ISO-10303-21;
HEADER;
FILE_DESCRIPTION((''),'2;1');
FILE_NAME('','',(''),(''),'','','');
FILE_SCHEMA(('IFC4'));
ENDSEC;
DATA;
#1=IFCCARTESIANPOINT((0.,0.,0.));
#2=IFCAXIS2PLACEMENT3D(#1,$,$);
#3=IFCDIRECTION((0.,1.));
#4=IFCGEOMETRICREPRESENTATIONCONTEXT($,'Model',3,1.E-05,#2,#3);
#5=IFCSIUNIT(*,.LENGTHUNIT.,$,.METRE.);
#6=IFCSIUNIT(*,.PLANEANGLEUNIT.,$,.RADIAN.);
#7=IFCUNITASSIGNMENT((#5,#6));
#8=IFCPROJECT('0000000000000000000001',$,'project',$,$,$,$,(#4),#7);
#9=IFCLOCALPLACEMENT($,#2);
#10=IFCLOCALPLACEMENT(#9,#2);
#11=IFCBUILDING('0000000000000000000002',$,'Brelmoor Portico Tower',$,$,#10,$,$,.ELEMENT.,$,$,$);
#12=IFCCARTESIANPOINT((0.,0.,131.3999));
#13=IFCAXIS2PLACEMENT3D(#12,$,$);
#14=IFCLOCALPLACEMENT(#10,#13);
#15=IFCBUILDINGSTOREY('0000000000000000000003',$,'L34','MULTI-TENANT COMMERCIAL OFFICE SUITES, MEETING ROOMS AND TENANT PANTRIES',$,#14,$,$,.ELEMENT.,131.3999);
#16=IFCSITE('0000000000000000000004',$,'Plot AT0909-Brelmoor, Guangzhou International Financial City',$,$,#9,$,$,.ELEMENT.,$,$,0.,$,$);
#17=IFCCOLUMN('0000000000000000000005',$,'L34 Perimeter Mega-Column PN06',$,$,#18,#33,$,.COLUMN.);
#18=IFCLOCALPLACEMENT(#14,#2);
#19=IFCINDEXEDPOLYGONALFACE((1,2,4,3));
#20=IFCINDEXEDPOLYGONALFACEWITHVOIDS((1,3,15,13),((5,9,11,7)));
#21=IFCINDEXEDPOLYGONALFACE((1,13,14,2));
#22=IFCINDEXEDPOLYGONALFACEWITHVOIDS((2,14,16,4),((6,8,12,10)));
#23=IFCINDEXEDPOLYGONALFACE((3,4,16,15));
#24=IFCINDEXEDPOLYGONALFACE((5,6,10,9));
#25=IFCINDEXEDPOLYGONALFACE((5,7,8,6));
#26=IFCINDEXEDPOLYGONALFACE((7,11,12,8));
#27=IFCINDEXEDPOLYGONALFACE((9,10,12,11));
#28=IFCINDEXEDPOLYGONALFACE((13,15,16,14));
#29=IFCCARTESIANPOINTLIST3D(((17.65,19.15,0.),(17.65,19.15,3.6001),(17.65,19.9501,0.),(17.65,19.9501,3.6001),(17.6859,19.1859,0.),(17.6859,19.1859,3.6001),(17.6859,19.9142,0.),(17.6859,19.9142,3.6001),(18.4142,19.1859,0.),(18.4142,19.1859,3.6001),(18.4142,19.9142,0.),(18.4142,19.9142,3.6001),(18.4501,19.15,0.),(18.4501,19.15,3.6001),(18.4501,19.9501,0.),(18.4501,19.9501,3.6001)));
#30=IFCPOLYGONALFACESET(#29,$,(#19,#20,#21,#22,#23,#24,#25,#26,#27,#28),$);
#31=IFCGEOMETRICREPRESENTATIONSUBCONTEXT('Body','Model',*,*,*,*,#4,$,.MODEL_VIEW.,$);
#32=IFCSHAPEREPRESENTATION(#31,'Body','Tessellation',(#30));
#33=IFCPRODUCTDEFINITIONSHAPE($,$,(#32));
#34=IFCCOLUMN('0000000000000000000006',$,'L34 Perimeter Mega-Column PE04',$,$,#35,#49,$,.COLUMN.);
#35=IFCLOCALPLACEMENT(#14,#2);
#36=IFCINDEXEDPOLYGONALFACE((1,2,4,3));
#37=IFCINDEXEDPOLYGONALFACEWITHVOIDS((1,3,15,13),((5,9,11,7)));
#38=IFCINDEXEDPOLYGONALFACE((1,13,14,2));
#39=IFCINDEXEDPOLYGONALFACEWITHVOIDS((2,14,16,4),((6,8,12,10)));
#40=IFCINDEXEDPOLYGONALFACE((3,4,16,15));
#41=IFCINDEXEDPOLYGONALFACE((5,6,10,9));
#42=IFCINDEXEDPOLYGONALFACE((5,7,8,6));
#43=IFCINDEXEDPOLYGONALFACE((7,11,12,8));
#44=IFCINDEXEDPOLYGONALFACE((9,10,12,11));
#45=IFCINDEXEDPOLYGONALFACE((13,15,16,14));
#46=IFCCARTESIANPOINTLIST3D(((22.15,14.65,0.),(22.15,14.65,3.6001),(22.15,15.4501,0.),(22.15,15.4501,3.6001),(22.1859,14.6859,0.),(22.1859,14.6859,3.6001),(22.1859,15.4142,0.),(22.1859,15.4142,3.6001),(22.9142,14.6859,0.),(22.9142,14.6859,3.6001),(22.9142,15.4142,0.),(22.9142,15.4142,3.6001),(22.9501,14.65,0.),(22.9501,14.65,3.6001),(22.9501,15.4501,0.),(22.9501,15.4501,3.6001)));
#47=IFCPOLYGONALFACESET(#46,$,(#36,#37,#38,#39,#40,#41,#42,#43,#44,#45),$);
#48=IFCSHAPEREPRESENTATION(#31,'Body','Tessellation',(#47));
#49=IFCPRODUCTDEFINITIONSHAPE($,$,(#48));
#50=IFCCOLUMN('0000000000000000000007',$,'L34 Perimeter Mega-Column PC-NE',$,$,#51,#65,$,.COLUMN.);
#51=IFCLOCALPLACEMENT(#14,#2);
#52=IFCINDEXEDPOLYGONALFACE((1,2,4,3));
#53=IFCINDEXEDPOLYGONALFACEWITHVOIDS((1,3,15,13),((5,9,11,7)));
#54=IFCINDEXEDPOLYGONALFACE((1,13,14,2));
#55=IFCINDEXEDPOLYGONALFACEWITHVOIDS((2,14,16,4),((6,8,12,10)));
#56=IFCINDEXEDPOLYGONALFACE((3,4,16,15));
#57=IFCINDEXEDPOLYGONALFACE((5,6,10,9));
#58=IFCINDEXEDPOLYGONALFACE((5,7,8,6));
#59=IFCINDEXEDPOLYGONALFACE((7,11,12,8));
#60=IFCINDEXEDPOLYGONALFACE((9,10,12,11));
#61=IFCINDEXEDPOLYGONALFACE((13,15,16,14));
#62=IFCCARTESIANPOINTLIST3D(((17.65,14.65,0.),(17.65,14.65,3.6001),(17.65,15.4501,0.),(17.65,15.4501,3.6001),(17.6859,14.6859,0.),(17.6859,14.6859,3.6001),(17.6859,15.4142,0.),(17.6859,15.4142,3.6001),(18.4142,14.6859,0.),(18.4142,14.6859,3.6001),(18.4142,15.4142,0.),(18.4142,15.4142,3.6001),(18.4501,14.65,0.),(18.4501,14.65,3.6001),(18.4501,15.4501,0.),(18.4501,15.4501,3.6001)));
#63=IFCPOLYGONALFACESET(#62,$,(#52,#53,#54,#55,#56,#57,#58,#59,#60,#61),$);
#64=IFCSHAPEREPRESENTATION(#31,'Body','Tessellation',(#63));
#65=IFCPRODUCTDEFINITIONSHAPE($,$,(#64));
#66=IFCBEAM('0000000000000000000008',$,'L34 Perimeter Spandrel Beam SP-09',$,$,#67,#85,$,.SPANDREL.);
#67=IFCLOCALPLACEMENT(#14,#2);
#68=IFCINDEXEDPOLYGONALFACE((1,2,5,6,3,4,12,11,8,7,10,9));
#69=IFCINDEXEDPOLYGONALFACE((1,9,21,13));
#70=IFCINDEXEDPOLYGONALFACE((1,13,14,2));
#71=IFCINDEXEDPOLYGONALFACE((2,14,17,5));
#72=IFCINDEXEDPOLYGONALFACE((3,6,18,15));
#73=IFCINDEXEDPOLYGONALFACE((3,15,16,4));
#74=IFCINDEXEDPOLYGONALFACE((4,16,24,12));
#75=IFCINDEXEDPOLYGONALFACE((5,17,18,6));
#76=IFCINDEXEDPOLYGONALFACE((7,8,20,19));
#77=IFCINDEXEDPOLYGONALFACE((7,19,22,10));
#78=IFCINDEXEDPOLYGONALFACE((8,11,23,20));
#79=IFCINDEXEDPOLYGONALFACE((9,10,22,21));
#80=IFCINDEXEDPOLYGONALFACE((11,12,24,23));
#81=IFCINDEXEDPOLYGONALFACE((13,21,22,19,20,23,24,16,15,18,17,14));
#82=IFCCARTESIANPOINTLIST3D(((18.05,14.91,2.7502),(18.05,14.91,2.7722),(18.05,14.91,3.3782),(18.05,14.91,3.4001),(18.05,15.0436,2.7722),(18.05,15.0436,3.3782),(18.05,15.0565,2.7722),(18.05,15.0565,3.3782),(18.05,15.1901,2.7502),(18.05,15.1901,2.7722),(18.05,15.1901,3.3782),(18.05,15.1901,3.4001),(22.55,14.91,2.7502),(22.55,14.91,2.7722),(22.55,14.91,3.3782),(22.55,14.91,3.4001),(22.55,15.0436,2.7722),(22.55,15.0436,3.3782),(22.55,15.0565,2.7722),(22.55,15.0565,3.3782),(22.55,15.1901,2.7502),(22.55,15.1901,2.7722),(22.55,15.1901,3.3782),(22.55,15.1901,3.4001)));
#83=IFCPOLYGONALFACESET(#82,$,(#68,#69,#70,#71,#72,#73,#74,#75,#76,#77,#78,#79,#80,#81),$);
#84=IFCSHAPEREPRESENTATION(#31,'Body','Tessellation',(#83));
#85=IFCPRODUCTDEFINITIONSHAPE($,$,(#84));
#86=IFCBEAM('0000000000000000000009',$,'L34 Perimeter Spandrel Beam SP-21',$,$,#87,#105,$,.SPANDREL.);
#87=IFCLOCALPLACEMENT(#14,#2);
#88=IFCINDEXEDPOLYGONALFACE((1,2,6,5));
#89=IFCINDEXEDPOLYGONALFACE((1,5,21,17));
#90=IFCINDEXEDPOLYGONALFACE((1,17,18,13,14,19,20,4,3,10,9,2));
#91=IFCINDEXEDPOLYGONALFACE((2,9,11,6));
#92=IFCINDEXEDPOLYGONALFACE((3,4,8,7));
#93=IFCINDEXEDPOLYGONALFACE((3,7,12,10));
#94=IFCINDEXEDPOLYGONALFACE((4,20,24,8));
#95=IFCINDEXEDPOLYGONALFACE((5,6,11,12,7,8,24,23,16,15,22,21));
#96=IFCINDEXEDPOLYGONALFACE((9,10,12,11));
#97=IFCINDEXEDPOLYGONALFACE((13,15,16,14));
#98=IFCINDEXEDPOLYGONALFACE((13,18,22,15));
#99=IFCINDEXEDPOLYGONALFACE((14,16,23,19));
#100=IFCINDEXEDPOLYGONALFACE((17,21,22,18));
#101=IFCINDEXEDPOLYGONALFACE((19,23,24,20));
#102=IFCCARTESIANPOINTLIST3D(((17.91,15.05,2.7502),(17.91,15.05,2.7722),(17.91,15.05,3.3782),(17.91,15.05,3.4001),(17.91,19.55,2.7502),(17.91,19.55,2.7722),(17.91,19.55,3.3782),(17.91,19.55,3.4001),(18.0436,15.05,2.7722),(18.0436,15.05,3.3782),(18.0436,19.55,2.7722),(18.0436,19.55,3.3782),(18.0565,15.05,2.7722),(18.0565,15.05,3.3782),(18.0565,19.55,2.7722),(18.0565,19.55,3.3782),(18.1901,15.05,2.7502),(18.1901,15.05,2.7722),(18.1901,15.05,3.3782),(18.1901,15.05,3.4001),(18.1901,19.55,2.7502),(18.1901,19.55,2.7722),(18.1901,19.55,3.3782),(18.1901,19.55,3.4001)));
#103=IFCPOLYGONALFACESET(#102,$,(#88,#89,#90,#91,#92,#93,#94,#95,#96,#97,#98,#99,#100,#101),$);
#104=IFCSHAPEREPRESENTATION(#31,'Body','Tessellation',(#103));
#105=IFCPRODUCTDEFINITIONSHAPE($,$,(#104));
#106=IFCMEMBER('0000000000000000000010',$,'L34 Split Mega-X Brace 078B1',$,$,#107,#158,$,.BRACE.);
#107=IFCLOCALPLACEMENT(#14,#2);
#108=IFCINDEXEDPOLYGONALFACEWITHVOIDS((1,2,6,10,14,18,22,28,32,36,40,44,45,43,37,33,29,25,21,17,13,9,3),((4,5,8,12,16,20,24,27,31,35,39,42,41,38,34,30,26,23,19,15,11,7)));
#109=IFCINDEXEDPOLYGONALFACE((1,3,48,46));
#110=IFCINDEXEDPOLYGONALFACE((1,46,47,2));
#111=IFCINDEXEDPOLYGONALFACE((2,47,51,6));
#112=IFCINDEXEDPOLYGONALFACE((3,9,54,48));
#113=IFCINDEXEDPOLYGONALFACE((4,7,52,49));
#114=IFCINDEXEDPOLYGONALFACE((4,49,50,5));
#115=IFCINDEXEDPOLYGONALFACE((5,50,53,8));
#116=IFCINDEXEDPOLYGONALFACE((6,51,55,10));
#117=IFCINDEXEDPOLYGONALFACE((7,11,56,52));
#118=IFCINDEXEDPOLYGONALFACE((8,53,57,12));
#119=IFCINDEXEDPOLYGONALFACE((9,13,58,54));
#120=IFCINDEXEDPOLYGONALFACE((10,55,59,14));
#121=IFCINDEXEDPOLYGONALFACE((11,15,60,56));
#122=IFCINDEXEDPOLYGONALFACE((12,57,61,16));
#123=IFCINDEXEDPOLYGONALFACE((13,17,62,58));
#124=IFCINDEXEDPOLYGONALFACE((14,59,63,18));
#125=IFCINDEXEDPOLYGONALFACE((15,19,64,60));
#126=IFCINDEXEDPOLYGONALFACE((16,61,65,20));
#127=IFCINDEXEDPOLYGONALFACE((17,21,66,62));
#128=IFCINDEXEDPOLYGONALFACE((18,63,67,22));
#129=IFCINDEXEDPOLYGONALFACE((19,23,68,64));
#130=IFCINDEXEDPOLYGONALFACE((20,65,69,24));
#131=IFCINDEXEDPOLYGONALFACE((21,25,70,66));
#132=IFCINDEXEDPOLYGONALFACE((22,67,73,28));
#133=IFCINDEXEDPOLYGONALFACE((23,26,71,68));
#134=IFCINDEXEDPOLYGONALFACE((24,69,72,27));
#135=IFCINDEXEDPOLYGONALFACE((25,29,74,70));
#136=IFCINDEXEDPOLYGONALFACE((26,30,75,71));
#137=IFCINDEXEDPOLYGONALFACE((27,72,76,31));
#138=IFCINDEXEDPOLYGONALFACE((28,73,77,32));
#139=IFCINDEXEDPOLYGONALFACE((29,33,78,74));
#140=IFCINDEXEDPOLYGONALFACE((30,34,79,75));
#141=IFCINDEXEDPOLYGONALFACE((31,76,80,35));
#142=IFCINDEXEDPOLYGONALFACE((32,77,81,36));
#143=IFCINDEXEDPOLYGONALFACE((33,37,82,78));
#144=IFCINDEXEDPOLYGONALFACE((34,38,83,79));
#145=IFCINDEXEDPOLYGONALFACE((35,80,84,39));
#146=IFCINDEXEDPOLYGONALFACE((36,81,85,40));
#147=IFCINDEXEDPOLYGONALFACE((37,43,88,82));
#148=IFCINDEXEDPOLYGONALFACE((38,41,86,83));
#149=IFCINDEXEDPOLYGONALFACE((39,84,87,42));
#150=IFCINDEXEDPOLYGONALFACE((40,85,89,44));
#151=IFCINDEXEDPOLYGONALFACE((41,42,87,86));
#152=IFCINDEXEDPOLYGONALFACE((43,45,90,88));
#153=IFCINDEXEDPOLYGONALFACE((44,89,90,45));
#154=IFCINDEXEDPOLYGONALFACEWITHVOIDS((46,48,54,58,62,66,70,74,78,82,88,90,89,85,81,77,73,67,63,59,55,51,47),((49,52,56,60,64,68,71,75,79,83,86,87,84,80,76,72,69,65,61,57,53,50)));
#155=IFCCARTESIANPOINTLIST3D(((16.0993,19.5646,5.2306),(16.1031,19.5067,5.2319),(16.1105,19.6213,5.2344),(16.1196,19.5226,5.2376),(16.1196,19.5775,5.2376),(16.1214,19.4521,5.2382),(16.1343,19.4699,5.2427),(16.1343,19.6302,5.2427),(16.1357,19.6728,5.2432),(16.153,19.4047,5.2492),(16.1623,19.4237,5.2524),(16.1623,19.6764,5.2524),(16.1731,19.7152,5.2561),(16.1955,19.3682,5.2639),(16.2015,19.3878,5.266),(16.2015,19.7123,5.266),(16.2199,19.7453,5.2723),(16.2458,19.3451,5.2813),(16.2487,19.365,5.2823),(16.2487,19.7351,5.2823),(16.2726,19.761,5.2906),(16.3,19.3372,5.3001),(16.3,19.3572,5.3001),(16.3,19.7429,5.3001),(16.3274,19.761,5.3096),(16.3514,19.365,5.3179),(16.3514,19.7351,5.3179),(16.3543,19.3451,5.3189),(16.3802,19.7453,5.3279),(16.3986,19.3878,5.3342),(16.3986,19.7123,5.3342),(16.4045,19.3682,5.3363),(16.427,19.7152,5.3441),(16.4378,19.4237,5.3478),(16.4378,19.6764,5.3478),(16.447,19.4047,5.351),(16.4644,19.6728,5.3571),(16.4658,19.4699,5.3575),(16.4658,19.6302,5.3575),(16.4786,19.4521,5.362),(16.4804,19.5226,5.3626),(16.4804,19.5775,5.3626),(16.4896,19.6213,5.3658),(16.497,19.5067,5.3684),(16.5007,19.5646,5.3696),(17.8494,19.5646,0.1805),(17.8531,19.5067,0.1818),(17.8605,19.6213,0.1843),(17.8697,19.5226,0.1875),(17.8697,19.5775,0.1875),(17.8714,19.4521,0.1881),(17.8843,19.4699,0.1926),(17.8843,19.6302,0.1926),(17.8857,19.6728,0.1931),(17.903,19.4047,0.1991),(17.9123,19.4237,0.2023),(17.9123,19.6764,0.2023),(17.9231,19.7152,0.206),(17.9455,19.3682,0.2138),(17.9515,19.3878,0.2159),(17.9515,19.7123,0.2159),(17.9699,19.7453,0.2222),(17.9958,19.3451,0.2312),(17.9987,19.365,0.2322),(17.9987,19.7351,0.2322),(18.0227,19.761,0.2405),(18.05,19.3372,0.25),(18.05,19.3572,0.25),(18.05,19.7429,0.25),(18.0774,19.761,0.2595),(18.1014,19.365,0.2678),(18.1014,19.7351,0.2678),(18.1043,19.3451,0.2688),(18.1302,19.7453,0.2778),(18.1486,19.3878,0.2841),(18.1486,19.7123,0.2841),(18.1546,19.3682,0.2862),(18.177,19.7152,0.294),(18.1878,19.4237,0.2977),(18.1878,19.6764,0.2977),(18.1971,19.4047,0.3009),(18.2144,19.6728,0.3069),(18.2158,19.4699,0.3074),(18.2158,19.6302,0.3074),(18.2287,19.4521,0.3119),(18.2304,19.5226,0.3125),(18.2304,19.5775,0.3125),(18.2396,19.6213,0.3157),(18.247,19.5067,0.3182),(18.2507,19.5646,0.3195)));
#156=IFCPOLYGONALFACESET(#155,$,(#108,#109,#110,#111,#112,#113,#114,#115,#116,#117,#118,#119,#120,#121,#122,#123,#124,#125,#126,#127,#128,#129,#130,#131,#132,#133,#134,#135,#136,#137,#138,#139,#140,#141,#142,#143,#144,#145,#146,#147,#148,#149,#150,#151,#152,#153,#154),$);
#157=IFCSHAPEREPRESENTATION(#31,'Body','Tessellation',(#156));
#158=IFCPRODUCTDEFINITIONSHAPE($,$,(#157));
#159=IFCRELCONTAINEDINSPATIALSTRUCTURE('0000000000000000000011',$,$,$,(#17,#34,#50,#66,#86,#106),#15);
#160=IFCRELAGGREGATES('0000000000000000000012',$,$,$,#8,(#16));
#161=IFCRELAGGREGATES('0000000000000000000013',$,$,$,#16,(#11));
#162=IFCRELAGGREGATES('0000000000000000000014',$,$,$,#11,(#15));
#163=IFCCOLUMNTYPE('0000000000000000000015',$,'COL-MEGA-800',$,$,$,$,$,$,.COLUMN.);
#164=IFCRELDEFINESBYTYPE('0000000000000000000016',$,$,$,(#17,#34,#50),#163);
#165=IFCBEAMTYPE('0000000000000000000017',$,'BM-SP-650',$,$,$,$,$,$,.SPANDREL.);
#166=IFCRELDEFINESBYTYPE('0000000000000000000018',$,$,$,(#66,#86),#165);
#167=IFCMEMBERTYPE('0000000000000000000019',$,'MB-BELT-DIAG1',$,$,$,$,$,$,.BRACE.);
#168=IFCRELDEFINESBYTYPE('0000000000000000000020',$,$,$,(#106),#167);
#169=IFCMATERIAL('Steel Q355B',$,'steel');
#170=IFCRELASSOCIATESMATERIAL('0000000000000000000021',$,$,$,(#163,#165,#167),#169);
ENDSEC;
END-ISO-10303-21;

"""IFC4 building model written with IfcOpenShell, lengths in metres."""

from ifc_helpers import new_model, si_unit, direction, frame, origin, origin_2d, place, context, subcontext, project, spatial, hollow_rectangle, hollow_circle, i_section, extrude, material, material_profile, profile_set, type_object, element, save


model = new_model("IFC4")

# Units and contexts
model_context = context("Model", 3, precision=1e-05, world=origin(), true_north=direction((0.0, 1.0)))
body_context = subcontext(model_context, "Body", "Model", "MODEL_VIEW")
ifc_project = project(units=[si_unit("LENGTHUNIT", "METRE"), si_unit("PLANEANGLEUNIT", "RADIAN")], contexts=[model_context])

# Site, building, storey
site_placement = place(None, origin())
site = spatial("IfcSite", under=ifc_project, at=site_placement, Name="Plot AT0909-Brelmoor, Guangzhou International Financial City", CompositionType="ELEMENT", RefElevation=0.0)
building_placement = place(site_placement, origin())
building = spatial("IfcBuilding", under=site, at=building_placement, Name="Brelmoor Portico Tower", CompositionType="ELEMENT")
storey_placement = place(building_placement, frame((0.0, 0.0, 131.3999)))
storey = spatial("IfcBuildingStorey", under=building, at=storey_placement, Name="L34", Description="MULTI-TENANT COMMERCIAL OFFICE SUITES, MEETING ROOMS AND TENANT PANTRIES", CompositionType="ELEMENT", Elevation=131.3999)

# Columns
ifc_material_1 = material(Name="Steel Q355B", Category="steel")
ifc_material_profile_1 = material_profile(ifc_material_1, hollow_rectangle(XDim=0.8, YDim=0.8, WallThickness=0.0359, at=origin_2d()), Name="BOX 800x800x36")
ifc_profile_set_1 = profile_set([ifc_material_profile_1], Name="Steel Q355B")
column_type = type_object("IfcColumnType", Name="COL-MEGA-800", PredefinedType="COLUMN", material=ifc_profile_set_1)
for number, where, z_axis, x_axis, name in (
    (1, (18.05, 19.55, 0.0), (0.0, 0.0, 1.0), (1.0, 0.0, 0.0), "L34 Perimeter Mega-Column PN06"),
    (2, (22.55, 15.05, 0.0), (0.0, 0.0, 1.0), (0.0, 1.0, 0.0), "L34 Perimeter Mega-Column PE04"),
    (3, (18.05, 15.05, 0.0), (0.0, 0.0, 1.0), (1.0, 0.0, 0.0), "L34 Perimeter Mega-Column PC-NE"),
):
    element("IfcColumn", number, at=place(storey_placement, frame(where, z_axis=z_axis, x_axis=x_axis)), inside=storey, type_object=column_type, Name=name, PredefinedType="COLUMN", context=body_context, shape_type="SweptSolid", body=[
        extrude(hollow_rectangle(XDim=0.8, YDim=0.8, WallThickness=0.0359, at=origin_2d()), origin(), (0.0, 0.0, 1.0), 3.6001),
    ])

# Beams
ifc_material_profile_2 = material_profile(ifc_material_1, i_section(OverallWidth=0.28, OverallDepth=0.6499, WebThickness=0.0129, FlangeThickness=0.022, at=origin_2d()), Name="HN 650x280x13x22")
ifc_profile_set_2 = profile_set([ifc_material_profile_2], Name="Steel Q355B")
beam_type = type_object("IfcBeamType", Name="BM-SP-650", PredefinedType="SPANDREL", material=ifc_profile_set_2)
for number, where, z_axis, x_axis, name in (
    (4, (18.05, 15.05, 3.0752), (1.0, 0.0, 0.0), (0.0, 1.0, 0.0), "L34 Perimeter Spandrel Beam SP-09"),
    (5, (18.05, 15.05, 3.0752), (0.0, 1.0, 0.0), (-1.0, 0.0, 0.0), "L34 Perimeter Spandrel Beam SP-21"),
):
    element("IfcBeam", number, at=place(storey_placement, frame(where, z_axis=z_axis, x_axis=x_axis)), inside=storey, type_object=beam_type, Name=name, PredefinedType="SPANDREL", context=body_context, shape_type="SweptSolid", body=[
        extrude(i_section(OverallWidth=0.28, OverallDepth=0.6499, WebThickness=0.0129, FlangeThickness=0.022, at=origin_2d()), origin(), (0.0, 0.0, 1.0), 4.5),
    ])

# Member
ifc_material_profile_3 = material_profile(ifc_material_1, hollow_circle(Radius=0.2129, WallThickness=0.02, at=origin_2d()), Name="CHS 426x20")
ifc_profile_set_3 = profile_set([ifc_material_profile_3], Name="Steel Q355B")
member_type_1 = type_object("IfcMemberType", Name="MB-BELT-DIAG1", PredefinedType="BRACE", material=ifc_profile_set_3)
for number, where, z_axis, x_axis, name in (
    (6, (18.05, 19.55, 0.25), (-0.327429, 0.0, 0.944876), (0.0, -1.0, 0.0), "L34 Split Mega-X Brace 078B1"),
):
    element("IfcMember", number, at=place(storey_placement, frame(where, z_axis=z_axis, x_axis=x_axis)), inside=storey, type_object=member_type_1, Name=name, PredefinedType="BRACE", context=body_context, shape_type="SweptSolid", body=[
        extrude(hollow_circle(Radius=0.2129, WallThickness=0.02, at=origin_2d()), origin(), (0.0, 0.0, 1.0), 5.3447),
    ])

save(model, "model.ifc")
